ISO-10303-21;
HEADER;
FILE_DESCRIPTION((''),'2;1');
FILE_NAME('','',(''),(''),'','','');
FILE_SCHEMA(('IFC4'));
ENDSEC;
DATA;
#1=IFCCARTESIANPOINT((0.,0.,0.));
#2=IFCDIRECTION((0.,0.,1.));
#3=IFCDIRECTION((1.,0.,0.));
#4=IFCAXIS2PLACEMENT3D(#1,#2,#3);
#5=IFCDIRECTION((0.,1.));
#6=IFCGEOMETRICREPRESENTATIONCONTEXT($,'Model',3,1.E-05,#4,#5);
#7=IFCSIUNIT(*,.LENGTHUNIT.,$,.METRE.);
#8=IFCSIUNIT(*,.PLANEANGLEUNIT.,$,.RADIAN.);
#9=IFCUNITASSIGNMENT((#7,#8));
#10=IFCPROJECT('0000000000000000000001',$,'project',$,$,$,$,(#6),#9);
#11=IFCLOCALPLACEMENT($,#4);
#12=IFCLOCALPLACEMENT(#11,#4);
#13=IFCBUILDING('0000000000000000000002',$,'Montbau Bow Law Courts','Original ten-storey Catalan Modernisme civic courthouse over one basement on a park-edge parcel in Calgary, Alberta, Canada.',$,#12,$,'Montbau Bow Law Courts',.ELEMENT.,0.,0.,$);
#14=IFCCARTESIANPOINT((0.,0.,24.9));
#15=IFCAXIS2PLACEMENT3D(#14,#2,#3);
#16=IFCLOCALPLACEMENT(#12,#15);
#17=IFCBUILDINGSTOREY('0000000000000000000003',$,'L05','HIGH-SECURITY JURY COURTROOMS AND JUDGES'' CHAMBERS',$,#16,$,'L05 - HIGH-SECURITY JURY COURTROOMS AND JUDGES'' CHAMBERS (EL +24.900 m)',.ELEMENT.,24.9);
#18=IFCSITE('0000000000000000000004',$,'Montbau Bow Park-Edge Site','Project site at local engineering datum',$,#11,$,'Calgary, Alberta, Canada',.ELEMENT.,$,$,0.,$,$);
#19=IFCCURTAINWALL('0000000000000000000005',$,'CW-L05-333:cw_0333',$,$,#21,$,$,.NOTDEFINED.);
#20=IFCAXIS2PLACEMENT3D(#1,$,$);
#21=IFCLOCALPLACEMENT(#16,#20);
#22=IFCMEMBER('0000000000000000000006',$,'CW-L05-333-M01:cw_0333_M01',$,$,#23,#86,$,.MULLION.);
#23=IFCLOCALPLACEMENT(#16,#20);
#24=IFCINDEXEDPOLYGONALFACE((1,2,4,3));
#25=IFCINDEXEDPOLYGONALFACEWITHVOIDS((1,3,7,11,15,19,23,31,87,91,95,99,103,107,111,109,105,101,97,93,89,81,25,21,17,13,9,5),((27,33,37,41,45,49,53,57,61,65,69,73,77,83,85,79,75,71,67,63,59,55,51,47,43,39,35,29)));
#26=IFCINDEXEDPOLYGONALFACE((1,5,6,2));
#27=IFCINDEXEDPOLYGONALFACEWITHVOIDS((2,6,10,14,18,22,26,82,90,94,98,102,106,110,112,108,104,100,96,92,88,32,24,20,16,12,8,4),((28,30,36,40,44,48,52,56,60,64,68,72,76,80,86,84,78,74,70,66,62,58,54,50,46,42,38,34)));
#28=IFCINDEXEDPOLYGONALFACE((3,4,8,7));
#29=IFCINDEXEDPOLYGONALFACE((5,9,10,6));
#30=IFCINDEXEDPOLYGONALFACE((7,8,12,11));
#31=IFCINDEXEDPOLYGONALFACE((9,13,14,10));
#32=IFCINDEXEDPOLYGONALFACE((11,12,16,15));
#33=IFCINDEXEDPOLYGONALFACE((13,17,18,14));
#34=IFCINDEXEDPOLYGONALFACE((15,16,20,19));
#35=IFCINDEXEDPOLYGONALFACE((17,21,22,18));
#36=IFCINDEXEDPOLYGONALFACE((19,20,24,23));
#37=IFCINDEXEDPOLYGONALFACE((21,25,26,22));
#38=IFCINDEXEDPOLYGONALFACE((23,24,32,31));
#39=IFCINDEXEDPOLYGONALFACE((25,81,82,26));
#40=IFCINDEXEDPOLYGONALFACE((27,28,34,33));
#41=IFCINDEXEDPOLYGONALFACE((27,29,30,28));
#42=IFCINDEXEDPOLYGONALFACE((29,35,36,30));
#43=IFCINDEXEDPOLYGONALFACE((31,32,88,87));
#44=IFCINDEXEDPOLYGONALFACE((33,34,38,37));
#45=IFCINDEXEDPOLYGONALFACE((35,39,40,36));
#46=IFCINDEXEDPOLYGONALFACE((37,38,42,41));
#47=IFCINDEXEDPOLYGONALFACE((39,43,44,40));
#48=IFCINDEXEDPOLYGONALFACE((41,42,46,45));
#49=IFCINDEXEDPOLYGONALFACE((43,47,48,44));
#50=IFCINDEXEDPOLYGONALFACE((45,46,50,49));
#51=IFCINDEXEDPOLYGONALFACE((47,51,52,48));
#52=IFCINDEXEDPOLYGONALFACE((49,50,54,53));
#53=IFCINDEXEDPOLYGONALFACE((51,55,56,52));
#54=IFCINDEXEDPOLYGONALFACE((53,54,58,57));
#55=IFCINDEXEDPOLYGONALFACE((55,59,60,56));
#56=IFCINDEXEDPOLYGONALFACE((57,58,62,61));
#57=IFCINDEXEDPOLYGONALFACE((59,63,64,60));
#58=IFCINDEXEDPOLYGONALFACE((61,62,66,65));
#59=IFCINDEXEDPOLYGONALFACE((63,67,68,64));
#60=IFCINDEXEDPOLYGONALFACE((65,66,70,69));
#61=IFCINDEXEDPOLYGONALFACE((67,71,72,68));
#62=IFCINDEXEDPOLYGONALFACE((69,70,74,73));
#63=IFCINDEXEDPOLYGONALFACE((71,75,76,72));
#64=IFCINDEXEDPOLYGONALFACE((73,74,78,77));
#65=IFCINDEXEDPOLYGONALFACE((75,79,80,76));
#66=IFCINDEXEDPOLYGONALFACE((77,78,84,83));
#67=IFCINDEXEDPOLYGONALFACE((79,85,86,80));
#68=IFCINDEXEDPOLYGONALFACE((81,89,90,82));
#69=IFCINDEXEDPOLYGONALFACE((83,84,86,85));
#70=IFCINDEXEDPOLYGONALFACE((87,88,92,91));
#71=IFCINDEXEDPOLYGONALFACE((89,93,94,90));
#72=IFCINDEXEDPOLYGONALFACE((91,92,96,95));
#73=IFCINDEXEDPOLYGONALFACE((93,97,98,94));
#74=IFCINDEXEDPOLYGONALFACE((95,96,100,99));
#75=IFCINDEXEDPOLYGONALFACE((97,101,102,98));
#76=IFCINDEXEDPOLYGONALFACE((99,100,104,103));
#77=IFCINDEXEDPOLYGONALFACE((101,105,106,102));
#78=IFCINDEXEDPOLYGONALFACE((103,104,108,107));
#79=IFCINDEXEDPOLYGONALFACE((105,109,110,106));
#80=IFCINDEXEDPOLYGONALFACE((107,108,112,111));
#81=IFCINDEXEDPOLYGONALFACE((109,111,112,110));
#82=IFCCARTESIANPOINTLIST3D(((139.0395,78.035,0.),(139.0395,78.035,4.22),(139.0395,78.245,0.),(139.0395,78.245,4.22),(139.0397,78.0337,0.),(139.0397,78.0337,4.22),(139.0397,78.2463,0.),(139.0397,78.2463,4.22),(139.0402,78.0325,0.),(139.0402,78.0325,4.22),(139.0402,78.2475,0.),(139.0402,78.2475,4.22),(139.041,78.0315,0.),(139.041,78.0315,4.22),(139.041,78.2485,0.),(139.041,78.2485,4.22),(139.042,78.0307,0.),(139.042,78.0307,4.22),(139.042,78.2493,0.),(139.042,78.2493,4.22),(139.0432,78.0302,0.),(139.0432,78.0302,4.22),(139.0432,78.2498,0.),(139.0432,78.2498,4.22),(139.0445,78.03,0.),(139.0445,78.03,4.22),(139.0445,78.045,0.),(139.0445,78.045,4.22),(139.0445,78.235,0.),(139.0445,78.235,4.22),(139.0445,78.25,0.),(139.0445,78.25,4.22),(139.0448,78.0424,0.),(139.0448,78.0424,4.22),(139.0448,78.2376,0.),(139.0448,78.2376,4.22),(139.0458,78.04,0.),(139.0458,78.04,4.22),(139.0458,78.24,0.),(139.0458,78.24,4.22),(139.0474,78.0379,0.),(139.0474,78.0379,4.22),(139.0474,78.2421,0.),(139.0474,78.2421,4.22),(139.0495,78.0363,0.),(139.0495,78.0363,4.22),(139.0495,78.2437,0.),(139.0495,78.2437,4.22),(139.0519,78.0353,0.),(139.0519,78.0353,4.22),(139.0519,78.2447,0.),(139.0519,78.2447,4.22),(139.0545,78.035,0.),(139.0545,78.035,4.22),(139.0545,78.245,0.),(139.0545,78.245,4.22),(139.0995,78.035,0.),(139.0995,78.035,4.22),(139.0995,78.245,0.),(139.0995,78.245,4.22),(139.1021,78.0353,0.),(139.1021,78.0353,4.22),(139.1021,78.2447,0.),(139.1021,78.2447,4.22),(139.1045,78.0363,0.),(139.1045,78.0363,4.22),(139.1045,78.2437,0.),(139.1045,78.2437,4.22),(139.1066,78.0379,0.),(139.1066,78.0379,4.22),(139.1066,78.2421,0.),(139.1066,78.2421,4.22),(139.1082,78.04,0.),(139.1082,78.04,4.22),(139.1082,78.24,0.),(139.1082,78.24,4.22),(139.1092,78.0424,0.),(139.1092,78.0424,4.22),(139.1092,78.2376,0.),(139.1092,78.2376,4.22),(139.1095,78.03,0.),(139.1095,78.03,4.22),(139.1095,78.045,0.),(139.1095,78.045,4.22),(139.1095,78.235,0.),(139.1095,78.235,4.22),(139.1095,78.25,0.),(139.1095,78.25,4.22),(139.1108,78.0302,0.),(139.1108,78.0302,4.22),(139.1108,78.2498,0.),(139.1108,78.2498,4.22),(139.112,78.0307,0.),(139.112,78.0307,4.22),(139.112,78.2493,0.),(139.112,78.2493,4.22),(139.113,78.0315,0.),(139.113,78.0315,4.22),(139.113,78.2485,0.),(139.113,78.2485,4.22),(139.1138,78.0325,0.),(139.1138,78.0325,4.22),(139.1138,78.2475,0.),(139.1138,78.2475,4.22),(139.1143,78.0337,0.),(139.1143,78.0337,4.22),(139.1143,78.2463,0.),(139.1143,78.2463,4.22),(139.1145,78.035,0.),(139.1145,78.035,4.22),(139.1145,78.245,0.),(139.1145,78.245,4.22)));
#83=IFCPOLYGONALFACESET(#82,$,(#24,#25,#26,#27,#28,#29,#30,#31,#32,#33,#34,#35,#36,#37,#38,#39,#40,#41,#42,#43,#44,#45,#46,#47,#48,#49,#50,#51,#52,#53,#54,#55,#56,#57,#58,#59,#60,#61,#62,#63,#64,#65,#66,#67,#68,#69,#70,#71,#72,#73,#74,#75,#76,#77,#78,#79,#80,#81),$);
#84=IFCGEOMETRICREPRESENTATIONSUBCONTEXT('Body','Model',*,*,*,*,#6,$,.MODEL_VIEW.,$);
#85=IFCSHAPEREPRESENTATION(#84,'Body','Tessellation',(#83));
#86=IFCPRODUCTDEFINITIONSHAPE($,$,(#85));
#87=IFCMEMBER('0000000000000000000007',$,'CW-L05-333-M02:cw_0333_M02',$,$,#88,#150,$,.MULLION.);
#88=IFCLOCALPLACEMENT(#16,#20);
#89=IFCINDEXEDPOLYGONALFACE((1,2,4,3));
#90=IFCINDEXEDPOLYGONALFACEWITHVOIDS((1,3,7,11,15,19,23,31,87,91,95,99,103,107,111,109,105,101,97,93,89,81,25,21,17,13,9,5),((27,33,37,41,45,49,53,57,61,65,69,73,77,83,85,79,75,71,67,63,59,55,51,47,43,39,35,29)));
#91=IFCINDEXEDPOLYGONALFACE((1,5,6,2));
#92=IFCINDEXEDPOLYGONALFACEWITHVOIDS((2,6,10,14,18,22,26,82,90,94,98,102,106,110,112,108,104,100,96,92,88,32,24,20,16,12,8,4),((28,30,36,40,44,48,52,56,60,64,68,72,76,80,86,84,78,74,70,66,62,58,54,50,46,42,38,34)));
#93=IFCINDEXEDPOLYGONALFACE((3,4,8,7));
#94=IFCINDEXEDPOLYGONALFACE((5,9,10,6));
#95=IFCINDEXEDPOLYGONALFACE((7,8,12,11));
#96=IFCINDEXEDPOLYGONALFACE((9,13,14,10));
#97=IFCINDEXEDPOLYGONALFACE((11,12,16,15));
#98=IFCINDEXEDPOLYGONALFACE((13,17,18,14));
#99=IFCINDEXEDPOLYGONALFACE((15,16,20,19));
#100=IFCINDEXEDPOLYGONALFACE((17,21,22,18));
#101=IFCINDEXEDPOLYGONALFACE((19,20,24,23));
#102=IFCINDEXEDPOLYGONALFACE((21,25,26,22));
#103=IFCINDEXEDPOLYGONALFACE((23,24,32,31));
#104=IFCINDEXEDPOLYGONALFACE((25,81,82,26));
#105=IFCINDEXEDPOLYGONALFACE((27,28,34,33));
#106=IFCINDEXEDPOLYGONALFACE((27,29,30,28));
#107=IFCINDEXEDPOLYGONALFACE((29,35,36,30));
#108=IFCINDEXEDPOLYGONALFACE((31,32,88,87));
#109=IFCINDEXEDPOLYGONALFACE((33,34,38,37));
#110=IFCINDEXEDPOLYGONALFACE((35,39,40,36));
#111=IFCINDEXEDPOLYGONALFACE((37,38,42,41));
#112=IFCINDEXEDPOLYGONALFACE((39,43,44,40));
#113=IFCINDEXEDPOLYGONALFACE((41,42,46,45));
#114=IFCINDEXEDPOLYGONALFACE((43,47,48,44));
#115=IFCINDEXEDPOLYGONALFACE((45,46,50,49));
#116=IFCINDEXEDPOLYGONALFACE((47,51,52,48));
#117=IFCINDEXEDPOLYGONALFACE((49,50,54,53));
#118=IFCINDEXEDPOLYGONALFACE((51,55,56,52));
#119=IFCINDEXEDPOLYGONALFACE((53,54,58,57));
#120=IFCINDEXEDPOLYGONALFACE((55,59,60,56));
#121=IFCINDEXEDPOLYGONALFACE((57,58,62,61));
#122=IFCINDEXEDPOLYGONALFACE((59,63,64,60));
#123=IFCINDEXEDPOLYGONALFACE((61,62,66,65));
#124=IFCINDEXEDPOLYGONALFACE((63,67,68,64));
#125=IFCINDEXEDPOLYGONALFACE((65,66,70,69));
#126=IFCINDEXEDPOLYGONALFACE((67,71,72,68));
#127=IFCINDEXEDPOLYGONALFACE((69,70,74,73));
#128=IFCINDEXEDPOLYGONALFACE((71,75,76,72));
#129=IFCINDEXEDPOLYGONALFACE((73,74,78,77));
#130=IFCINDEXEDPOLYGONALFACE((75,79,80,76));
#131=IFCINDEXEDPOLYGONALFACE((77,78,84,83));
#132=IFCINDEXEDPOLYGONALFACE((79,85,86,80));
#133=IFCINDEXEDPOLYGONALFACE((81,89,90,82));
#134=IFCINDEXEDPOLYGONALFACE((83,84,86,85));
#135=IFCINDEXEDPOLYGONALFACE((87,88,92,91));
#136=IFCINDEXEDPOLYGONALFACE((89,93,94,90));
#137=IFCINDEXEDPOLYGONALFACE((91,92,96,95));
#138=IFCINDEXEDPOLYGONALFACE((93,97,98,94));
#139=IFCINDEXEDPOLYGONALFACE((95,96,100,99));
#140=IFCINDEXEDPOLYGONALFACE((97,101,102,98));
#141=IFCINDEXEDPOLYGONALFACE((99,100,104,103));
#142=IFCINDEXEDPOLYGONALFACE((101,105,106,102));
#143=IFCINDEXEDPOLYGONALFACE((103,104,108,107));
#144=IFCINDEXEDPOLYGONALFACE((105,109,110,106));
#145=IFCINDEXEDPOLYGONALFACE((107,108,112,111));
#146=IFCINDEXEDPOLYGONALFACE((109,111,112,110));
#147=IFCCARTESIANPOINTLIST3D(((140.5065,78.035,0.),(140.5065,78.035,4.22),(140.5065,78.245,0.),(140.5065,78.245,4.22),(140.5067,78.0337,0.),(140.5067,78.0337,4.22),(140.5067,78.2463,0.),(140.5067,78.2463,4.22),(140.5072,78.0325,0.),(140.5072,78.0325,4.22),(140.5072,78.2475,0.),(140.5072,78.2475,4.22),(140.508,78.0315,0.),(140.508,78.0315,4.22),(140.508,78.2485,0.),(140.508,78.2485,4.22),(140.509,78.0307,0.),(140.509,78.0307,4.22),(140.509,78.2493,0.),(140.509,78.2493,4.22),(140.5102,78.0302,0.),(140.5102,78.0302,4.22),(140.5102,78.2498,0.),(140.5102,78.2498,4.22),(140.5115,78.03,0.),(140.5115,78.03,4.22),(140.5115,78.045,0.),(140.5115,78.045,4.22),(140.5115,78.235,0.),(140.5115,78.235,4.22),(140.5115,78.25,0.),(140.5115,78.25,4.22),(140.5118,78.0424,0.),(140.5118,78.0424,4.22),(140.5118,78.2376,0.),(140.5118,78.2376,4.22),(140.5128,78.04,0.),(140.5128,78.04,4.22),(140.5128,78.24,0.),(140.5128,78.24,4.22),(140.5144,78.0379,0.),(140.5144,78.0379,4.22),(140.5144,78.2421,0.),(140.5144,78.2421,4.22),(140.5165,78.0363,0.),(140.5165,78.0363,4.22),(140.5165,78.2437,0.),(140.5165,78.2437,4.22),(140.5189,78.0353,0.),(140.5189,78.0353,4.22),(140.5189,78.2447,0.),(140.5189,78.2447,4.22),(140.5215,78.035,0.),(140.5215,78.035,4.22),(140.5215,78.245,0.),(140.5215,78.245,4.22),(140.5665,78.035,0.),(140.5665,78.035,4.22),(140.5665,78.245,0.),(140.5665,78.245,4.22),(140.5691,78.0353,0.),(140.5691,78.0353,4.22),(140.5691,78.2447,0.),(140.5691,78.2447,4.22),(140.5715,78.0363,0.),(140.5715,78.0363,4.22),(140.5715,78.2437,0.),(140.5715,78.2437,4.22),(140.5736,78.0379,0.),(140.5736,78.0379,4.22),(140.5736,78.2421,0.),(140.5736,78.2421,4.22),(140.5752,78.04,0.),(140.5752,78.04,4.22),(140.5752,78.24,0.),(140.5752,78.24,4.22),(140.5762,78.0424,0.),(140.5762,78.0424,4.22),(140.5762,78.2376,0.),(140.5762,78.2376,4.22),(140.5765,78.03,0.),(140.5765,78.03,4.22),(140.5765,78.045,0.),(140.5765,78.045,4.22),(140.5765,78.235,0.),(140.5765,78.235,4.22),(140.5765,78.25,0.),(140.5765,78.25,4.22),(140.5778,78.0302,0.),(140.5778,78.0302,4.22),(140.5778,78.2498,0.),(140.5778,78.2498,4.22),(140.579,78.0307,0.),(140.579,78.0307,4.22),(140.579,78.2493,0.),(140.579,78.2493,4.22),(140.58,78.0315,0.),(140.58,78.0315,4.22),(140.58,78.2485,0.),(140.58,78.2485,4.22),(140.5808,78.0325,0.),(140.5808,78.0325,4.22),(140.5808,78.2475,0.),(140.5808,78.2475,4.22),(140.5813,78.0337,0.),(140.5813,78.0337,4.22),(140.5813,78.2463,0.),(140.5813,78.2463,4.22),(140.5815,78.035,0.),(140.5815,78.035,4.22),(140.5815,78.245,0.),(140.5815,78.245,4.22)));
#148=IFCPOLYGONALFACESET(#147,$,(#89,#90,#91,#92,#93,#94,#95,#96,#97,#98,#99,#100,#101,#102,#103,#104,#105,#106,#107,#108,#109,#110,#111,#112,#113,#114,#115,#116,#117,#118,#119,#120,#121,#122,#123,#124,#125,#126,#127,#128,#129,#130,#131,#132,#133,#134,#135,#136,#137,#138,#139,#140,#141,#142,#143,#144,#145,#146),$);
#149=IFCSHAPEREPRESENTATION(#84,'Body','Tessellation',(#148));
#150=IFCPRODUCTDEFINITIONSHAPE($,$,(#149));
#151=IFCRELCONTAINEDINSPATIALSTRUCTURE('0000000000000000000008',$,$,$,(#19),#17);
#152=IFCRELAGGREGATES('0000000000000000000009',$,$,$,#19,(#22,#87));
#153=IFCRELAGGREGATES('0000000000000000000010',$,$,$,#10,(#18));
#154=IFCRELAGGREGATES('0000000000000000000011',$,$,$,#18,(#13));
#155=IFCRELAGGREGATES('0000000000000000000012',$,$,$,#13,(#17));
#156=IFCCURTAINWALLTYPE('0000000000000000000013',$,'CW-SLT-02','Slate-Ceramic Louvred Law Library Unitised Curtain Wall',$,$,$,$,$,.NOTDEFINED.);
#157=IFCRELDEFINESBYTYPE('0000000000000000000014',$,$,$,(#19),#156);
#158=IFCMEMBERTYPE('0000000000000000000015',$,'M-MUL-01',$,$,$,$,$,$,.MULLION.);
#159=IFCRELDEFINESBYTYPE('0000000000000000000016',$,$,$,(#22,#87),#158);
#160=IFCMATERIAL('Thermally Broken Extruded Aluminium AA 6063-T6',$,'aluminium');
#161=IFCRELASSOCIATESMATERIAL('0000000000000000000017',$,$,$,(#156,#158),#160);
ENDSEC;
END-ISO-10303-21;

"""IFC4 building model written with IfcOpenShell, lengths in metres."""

from ifc_helpers import new_model, si_unit, direction, frame, origin_with_axes, origin_2d_with_axis, place, context, subcontext, project, spatial, hollow_rectangle, extrude, material, material_profile, profile_set, type_object, element, aggregate, save


model = new_model("IFC4")

# Units and contexts
model_context = context("Model", 3, precision=1e-05, world=origin_with_axes(), true_north=direction((0.0, 1.0)))
body_context = subcontext(model_context, "Body", "Model", "MODEL_VIEW")
ifc_project = project(units=[si_unit("LENGTHUNIT", "METRE"), si_unit("PLANEANGLEUNIT", "RADIAN")], contexts=[model_context])

# Site, building, storey
site_placement = place(None, origin_with_axes())
site = spatial("IfcSite", under=ifc_project, at=site_placement, Name="Montbau Bow Park-Edge Site", Description="Project site at local engineering datum", LongName="Calgary, Alberta, Canada", CompositionType="ELEMENT", RefElevation=0.0)
building_placement = place(site_placement, origin_with_axes())
building = spatial("IfcBuilding", under=site, at=building_placement, Name="Montbau Bow Law Courts", Description="Original ten-storey Catalan Modernisme civic courthouse over one basement on a park-edge parcel in Calgary, Alberta, Canada.", LongName="Montbau Bow Law Courts", CompositionType="ELEMENT", ElevationOfRefHeight=0.0, ElevationOfTerrain=0.0)
storey_placement = place(building_placement, frame((0.0, 0.0, 24.9), z_axis=(0.0, 0.0, 1.0), x_axis=(1.0, 0.0, 0.0)))
storey = spatial("IfcBuildingStorey", under=building, at=storey_placement, Name="L05", Description="HIGH-SECURITY JURY COURTROOMS AND JUDGES' CHAMBERS", LongName="L05 - HIGH-SECURITY JURY COURTROOMS AND JUDGES' CHAMBERS (EL +24.900 m)", CompositionType="ELEMENT", Elevation=24.9)

# Curtain wall, members
ifc_material_1 = material(Name="Thermally Broken Extruded Aluminium AA 6063-T6", Category="aluminium")
curtain_wall_type = type_object("IfcCurtainWallType", Name="CW-SLT-02", Description="Slate-Ceramic Louvred Law Library Unitised Curtain Wall", PredefinedType="NOTDEFINED", material=ifc_material_1)
curtain_wall_1_placement = place(None, frame((139.04, 78.14, 24.9), z_axis=(0.0, 0.0, 1.0), x_axis=(1.0, 0.0, 0.0)))
curtain_wall_1 = element("IfcCurtainWall", 1, at=curtain_wall_1_placement, inside=storey, type_object=curtain_wall_type, Name="CW-L05-333:cw_0333", PredefinedType="NOTDEFINED")
ifc_material_profile_1 = material_profile(ifc_material_1, hollow_rectangle(XDim=0.075, YDim=0.22, WallThickness=0.005, InnerFilletRadius=0.01, OuterFilletRadius=0.005, at=origin_2d_with_axis()), Name="CWM-220X75", Category="Main", Priority=0)
ifc_profile_set_1 = profile_set([ifc_material_profile_1], Name="Thermally Broken Extruded Aluminium AA 6063-T6")
member_type_1 = type_object("IfcMemberType", Name="M-MUL-01", PredefinedType="MULLION", material=ifc_profile_set_1)
member_1_placement = place(None, frame((139.077, 78.14, 24.9), z_axis=(0.0, 0.0, 1.0), x_axis=(1.0, 0.0, 0.0)))
member_1 = element("IfcMember", 2, at=member_1_placement, type_object=member_type_1, Name="CW-L05-333-M01:cw_0333_M01", PredefinedType="MULLION", context=body_context, shape_type="SweptSolid", body=[
    extrude(hollow_rectangle(XDim=0.075, YDim=0.22, WallThickness=0.005, InnerFilletRadius=0.01, OuterFilletRadius=0.005, at=origin_2d_with_axis()), origin_with_axes(), (0.0, 0.0, 1.0), 4.22),
])
member_2_placement = place(None, frame((140.544, 78.14, 24.9), z_axis=(0.0, 0.0, 1.0), x_axis=(1.0, 0.0, 0.0)))
member_2 = element("IfcMember", 3, at=member_2_placement, type_object=member_type_1, Name="CW-L05-333-M02:cw_0333_M02", PredefinedType="MULLION", context=body_context, shape_type="SweptSolid", body=[
    extrude(hollow_rectangle(XDim=0.075, YDim=0.22, WallThickness=0.005, InnerFilletRadius=0.01, OuterFilletRadius=0.005, at=origin_2d_with_axis()), origin_with_axes(), (0.0, 0.0, 1.0), 4.22),
])
aggregate(curtain_wall_1, [member_1, member_2])

save(model, "model.ifc")
